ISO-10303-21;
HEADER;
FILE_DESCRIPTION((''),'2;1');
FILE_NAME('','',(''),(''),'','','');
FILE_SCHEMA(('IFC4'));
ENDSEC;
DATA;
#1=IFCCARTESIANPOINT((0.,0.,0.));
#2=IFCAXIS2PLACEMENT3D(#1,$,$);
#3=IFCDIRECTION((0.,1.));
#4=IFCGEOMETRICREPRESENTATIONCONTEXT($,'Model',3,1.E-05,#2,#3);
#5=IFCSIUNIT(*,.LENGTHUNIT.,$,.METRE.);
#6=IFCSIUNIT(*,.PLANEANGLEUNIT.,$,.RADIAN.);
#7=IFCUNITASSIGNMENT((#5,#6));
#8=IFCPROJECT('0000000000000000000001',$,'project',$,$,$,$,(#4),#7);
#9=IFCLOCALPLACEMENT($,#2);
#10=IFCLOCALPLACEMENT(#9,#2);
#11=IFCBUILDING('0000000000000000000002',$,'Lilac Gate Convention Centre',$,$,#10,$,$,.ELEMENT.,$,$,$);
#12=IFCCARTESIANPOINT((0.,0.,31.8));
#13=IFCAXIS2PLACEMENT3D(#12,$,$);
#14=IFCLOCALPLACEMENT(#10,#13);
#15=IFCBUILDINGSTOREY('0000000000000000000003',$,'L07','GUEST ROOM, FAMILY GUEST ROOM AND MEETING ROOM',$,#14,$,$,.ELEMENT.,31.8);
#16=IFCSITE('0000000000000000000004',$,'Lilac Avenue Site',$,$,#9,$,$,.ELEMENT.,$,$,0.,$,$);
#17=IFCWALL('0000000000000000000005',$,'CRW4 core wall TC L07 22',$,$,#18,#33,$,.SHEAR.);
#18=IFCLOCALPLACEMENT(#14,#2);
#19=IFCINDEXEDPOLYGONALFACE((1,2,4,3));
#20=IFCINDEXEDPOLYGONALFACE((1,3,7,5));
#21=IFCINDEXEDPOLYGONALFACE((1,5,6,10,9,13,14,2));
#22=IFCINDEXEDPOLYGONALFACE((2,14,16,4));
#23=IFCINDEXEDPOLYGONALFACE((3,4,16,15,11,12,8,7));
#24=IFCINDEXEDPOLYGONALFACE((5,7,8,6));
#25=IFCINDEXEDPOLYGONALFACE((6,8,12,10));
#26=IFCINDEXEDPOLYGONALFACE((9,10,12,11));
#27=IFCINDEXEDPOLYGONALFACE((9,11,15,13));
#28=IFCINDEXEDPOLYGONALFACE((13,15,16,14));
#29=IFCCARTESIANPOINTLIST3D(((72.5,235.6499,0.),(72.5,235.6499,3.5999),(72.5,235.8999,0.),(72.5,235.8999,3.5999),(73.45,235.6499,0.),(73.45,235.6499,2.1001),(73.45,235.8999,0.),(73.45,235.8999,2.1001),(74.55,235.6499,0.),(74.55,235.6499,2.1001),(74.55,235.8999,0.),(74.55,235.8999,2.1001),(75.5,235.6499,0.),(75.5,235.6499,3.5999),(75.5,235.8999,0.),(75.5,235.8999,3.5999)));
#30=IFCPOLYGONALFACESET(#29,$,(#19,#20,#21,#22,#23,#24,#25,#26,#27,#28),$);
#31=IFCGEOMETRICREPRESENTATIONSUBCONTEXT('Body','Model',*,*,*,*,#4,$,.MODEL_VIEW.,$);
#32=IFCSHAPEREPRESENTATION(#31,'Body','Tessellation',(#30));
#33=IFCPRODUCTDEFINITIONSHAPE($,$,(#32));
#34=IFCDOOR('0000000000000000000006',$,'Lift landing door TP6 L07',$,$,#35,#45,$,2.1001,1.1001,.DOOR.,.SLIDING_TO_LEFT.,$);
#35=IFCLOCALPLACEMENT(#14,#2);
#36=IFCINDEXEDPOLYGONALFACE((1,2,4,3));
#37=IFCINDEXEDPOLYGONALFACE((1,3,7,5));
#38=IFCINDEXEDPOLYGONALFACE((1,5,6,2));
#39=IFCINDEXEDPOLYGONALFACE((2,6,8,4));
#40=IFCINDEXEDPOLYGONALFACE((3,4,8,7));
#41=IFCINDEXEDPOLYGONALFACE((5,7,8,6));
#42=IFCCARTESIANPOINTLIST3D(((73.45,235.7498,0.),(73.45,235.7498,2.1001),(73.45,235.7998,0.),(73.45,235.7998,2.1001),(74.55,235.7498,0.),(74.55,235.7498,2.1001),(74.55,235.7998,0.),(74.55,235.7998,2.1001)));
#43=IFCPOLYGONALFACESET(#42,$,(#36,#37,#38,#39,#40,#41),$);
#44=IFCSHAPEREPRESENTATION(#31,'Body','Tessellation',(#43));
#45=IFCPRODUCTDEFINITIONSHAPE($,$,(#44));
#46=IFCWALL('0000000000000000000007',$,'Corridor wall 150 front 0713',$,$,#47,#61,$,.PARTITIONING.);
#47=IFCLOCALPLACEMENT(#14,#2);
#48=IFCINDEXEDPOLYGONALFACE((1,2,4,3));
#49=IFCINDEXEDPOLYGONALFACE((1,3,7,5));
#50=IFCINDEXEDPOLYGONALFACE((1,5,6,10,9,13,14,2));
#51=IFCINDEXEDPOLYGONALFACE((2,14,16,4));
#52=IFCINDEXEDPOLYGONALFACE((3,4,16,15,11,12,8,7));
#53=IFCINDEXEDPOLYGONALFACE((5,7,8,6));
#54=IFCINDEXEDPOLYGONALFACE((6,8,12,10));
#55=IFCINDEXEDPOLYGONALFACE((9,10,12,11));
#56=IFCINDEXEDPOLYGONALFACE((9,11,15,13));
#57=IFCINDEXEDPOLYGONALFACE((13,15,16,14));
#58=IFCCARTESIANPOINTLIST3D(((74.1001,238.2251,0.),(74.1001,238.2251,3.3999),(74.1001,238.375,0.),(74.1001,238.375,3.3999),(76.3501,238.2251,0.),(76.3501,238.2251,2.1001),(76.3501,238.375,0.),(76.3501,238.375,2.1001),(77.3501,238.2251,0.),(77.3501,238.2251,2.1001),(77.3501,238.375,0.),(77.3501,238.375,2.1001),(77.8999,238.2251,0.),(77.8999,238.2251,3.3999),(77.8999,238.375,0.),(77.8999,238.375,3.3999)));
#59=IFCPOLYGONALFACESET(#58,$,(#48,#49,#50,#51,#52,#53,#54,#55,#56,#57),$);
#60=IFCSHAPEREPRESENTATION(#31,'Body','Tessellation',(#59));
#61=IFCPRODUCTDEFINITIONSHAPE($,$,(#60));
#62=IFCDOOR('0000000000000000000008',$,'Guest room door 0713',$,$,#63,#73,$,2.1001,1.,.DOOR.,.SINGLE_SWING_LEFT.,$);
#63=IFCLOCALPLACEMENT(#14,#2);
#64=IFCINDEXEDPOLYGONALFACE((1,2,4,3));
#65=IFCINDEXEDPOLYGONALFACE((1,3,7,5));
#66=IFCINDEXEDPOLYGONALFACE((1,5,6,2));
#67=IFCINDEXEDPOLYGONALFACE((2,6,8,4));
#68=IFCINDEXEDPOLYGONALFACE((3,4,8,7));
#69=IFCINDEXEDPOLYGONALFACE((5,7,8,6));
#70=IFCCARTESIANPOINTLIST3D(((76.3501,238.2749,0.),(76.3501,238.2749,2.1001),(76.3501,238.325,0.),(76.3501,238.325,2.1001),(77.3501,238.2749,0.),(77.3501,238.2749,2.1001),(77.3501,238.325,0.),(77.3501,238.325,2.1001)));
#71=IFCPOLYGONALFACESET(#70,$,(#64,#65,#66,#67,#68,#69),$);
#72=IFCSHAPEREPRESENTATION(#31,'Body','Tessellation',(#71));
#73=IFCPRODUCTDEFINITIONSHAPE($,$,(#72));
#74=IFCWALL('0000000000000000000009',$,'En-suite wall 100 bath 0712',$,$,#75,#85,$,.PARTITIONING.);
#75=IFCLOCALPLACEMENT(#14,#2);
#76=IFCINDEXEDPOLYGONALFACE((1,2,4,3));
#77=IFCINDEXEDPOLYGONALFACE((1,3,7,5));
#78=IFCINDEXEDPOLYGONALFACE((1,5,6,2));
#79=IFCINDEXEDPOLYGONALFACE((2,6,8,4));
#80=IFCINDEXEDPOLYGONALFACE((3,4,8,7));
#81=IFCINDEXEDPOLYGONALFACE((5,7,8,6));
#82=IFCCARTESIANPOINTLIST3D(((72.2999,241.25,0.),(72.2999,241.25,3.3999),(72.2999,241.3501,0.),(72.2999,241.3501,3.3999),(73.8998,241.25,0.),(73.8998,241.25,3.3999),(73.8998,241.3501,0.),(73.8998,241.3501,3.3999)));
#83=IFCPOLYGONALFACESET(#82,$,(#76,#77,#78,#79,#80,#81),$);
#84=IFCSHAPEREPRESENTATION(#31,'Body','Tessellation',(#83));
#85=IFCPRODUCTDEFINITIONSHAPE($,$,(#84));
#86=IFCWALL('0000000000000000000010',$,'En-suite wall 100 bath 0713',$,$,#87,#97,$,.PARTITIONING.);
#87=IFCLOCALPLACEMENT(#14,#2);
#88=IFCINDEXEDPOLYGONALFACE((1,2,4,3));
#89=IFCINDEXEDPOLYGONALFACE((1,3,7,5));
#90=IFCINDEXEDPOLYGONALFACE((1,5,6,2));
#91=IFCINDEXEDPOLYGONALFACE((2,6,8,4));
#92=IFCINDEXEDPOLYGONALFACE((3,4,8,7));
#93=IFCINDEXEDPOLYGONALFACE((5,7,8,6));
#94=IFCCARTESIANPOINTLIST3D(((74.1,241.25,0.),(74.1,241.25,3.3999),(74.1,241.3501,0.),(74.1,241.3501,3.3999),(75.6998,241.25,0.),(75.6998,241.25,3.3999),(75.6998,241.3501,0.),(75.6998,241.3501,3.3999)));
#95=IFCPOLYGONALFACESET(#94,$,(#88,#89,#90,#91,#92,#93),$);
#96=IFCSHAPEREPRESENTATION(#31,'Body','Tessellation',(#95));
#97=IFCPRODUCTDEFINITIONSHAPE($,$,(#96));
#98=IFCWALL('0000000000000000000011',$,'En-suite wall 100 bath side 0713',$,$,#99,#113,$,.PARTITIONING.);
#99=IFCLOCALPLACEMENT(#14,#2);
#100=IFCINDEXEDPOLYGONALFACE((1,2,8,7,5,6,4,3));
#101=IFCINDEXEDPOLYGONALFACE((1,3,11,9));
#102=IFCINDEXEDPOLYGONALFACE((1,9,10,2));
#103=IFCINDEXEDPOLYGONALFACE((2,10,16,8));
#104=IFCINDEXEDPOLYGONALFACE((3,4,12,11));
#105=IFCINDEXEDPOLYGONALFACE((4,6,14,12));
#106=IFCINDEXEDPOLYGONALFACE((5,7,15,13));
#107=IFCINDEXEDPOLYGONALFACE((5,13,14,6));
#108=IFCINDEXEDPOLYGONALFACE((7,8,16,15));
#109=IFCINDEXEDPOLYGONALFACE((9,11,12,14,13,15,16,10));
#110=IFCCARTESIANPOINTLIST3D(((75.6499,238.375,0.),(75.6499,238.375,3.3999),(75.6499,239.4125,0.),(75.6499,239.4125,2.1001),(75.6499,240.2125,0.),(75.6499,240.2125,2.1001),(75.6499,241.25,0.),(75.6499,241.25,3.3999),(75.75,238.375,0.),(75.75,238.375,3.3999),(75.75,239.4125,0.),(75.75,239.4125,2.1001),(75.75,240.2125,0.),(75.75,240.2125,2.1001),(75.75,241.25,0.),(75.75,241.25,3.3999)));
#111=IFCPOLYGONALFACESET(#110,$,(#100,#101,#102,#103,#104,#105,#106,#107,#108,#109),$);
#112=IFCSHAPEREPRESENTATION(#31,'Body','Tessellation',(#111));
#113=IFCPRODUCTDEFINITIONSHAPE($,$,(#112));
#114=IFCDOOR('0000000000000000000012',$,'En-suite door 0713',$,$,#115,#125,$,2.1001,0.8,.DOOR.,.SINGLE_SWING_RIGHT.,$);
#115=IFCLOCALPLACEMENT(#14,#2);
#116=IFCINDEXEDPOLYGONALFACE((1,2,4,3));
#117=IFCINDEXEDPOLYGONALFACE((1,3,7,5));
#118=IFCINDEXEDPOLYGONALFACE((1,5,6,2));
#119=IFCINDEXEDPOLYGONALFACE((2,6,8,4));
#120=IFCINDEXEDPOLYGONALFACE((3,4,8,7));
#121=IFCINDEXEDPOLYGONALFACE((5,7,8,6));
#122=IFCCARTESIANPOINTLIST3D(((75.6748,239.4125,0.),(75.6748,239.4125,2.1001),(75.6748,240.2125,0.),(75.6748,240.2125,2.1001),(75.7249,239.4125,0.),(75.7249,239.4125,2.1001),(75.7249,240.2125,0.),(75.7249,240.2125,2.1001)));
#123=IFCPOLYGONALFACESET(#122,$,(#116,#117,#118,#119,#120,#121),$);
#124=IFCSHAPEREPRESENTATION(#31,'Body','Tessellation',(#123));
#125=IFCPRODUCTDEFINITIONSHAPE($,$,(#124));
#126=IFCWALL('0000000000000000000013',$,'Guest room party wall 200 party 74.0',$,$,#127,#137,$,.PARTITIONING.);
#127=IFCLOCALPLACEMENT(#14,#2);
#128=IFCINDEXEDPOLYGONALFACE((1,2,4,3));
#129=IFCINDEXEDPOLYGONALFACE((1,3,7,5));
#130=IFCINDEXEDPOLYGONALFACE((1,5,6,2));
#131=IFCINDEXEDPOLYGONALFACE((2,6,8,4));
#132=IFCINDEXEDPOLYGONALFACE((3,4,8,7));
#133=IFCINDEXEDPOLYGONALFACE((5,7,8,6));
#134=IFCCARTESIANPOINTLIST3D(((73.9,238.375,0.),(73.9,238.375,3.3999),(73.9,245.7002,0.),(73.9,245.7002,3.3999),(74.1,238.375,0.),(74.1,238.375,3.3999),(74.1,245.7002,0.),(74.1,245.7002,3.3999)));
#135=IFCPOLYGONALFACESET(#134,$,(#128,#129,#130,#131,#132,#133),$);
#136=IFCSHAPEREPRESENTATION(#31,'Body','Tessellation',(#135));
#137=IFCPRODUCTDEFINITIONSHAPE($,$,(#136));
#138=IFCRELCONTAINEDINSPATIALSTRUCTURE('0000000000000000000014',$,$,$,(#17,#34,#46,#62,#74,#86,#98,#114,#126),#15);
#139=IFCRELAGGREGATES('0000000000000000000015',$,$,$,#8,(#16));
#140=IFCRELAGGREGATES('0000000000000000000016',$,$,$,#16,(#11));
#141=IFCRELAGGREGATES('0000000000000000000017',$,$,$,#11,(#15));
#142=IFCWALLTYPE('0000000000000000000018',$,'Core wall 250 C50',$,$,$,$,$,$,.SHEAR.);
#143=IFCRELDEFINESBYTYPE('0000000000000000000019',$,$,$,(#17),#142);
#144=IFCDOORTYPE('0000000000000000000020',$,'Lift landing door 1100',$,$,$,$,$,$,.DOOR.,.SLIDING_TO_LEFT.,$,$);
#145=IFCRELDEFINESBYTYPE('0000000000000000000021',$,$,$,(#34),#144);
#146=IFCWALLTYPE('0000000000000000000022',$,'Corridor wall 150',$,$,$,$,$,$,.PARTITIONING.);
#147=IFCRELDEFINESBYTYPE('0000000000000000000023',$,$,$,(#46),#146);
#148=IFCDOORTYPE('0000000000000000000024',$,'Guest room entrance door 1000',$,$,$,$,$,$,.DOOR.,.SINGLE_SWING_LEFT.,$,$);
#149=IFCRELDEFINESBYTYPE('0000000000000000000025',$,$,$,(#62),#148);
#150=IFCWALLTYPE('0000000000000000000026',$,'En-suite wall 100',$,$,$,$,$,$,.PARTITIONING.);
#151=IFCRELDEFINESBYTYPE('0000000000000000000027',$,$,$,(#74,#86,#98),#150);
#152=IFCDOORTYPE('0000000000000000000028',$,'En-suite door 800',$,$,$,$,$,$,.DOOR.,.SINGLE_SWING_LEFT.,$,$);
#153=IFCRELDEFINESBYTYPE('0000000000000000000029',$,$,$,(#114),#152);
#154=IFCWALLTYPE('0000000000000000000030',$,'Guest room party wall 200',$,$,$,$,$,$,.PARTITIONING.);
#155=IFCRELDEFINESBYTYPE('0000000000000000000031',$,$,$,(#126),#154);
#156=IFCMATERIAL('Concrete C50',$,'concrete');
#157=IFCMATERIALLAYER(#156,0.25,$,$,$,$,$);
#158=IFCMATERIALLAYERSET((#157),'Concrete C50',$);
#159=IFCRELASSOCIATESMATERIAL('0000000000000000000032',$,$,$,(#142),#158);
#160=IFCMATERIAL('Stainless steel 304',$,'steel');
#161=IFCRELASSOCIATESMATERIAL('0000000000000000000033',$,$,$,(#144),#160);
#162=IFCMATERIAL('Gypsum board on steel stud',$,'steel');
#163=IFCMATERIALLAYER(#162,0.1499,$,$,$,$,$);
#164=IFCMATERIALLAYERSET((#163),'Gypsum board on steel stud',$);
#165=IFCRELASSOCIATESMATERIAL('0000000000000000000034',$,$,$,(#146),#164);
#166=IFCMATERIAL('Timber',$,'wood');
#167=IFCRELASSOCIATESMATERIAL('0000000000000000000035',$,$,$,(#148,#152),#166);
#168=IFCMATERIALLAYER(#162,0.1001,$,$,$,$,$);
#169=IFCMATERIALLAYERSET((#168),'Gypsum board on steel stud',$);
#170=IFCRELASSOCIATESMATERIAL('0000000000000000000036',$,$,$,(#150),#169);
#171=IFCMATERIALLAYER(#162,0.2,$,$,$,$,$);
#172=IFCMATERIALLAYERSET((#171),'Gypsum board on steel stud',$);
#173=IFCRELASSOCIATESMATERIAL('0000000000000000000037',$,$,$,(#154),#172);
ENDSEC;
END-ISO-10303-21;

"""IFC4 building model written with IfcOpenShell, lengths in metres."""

from ifc_helpers import new_model, si_unit, direction, frame, frame_2d, origin, place, context, subcontext, project, spatial, rectangle, extrude, material, layer, layer_set, type_object, element, fill, save


model = new_model("IFC4")

# Units and contexts
model_context = context("Model", 3, precision=1e-05, world=origin(), true_north=direction((0.0, 1.0)))
body_context = subcontext(model_context, "Body", "Model", "MODEL_VIEW")
ifc_project = project(units=[si_unit("LENGTHUNIT", "METRE"), si_unit("PLANEANGLEUNIT", "RADIAN")], contexts=[model_context])

# Site, building, storey
site_placement = place(None, origin())
site = spatial("IfcSite", under=ifc_project, at=site_placement, Name="Lilac Avenue Site", CompositionType="ELEMENT", RefElevation=0.0)
building_placement = place(site_placement, origin())
building = spatial("IfcBuilding", under=site, at=building_placement, Name="Lilac Gate Convention Centre", CompositionType="ELEMENT")
storey_placement = place(building_placement, frame((0.0, 0.0, 31.8)))
storey = spatial("IfcBuildingStorey", under=building, at=storey_placement, Name="L07", Description="GUEST ROOM, FAMILY GUEST ROOM AND MEETING ROOM", CompositionType="ELEMENT", Elevation=31.8)

# Walls, openings, doors
ifc_material_1 = material(Name="Concrete C50", Category="concrete")
ifc_layer_1 = layer(ifc_material_1, 0.25)
ifc_layer_set_1 = layer_set([ifc_layer_1], Name="Concrete C50")
wall_type_1 = type_object("IfcWallType", Name="Core wall 250 C50", PredefinedType="SHEAR", material=ifc_layer_set_1)
wall_1_placement = place(storey_placement, frame((72.5, 235.7749, 0.0), z_axis=(0.0, 0.0, 1.0), x_axis=(1.0, 0.0, 0.0)))
wall_1 = element("IfcWall", 1, at=wall_1_placement, inside=storey, type_object=wall_type_1, Name="CRW4 core wall TC L07 22", PredefinedType="SHEAR", context=body_context, shape_type="SweptSolid", body=[
    extrude(rectangle(XDim=3.0, YDim=0.25, at=frame_2d((1.5, 0.0))), origin(), (0.0, 0.0, 1.0), 3.5999),
])
opening_1_placement = place(wall_1_placement, frame((0.95, 0.0, 0.0)))
opening_1 = element("IfcOpeningElement", 2, at=opening_1_placement, cuts=wall_1, PredefinedType="OPENING", context=body_context, shape_type="SweptSolid", body=[
    extrude(rectangle(XDim=1.1001, YDim=2.1001, at=frame_2d((0.55, 1.05))), frame((0.0, 0.135, 0.0), z_axis=(0.0, -1.0, 0.0), x_axis=(1.0, 0.0, 0.0)), (0.0, 0.0, 1.0), 0.27),
])
ifc_material_2 = material(Name="Stainless steel 304", Category="steel")
door_type_1 = type_object("IfcDoorType", Name="Lift landing door 1100", OperationType="SLIDING_TO_LEFT", PredefinedType="DOOR", material=ifc_material_2)
door_1_placement = place(opening_1_placement, origin())
door_1 = element("IfcDoor", 3, at=door_1_placement, inside=storey, type_object=door_type_1, Name="Lift landing door TP6 L07", OperationType="SLIDING_TO_LEFT", OverallHeight=2.1001, OverallWidth=1.1001, PredefinedType="DOOR", context=body_context, shape_type="SweptSolid", body=[
    extrude(rectangle(XDim=1.1001, YDim=2.1001, at=frame_2d((0.55, 1.05))), frame((0.0, 0.0249, 0.0), z_axis=(0.0, -1.0, 0.0), x_axis=(1.0, 0.0, 0.0)), (0.0, 0.0, 1.0), 0.05),
])
fill(opening_1, door_1)
ifc_material_3 = material(Name="Gypsum board on steel stud", Category="steel")
ifc_layer_2 = layer(ifc_material_3, 0.1499)
ifc_layer_set_2 = layer_set([ifc_layer_2], Name="Gypsum board on steel stud")
wall_type_2 = type_object("IfcWallType", Name="Corridor wall 150", PredefinedType="PARTITIONING", material=ifc_layer_set_2)
wall_2_placement = place(storey_placement, frame((74.1001, 238.3, 0.0), z_axis=(0.0, 0.0, 1.0), x_axis=(1.0, 0.0, 0.0)))
wall_2 = element("IfcWall", 4, at=wall_2_placement, inside=storey, type_object=wall_type_2, Name="Corridor wall 150 front 0713", PredefinedType="PARTITIONING", context=body_context, shape_type="SweptSolid", body=[
    extrude(rectangle(XDim=3.7998, YDim=0.1499, at=frame_2d((1.8999, 0.0))), origin(), (0.0, 0.0, 1.0), 3.3999),
])
opening_2_placement = place(wall_2_placement, frame((2.25, 0.0, 0.0)))
opening_2 = element("IfcOpeningElement", 5, at=opening_2_placement, cuts=wall_2, PredefinedType="OPENING", context=body_context, shape_type="SweptSolid", body=[
    extrude(rectangle(XDim=1.0, YDim=2.1001, at=frame_2d((0.5, 1.05))), frame((0.0, 0.085, 0.0), z_axis=(0.0, -1.0, 0.0), x_axis=(1.0, 0.0, 0.0)), (0.0, 0.0, 1.0), 0.1699),
])
ifc_material_4 = material(Name="Timber", Category="wood")
door_type_2 = type_object("IfcDoorType", Name="Guest room entrance door 1000", OperationType="SINGLE_SWING_LEFT", PredefinedType="DOOR", material=ifc_material_4)
door_2_placement = place(opening_2_placement, origin())
door_2 = element("IfcDoor", 6, at=door_2_placement, inside=storey, type_object=door_type_2, Name="Guest room door 0713", OperationType="SINGLE_SWING_LEFT", OverallHeight=2.1001, OverallWidth=1.0, PredefinedType="DOOR", context=body_context, shape_type="SweptSolid", body=[
    extrude(rectangle(XDim=1.0, YDim=2.1001, at=frame_2d((0.5, 1.05))), frame((0.0, 0.0249, 0.0), z_axis=(0.0, -1.0, 0.0), x_axis=(1.0, 0.0, 0.0)), (0.0, 0.0, 1.0), 0.05),
])
fill(opening_2, door_2)

# Walls
ifc_layer_3 = layer(ifc_material_3, 0.1001)
ifc_layer_set_3 = layer_set([ifc_layer_3], Name="Gypsum board on steel stud")
wall_type_3 = type_object("IfcWallType", Name="En-suite wall 100", PredefinedType="PARTITIONING", material=ifc_layer_set_3)
for number, where, z_axis, x_axis, name in (
    (7, (72.3, 241.3, 0.0), (0.0, 0.0, 1.0), (1.0, 0.0, 0.0), "En-suite wall 100 bath 0712"),
    (8, (74.1001, 241.3, 0.0), (0.0, 0.0, 1.0), (1.0, 0.0, 0.0), "En-suite wall 100 bath 0713"),
):
    element("IfcWall", number, at=place(storey_placement, frame(where, z_axis=z_axis, x_axis=x_axis)), inside=storey, type_object=wall_type_3, Name=name, PredefinedType="PARTITIONING", context=body_context, shape_type="SweptSolid", body=[
        extrude(rectangle(XDim=1.5999, YDim=0.1001, at=frame_2d((0.7998, 0.0))), origin(), (0.0, 0.0, 1.0), 3.3999),
    ])

# Wall, opening, door
wall_3_placement = place(storey_placement, frame((75.7, 241.25, 0.0), z_axis=(0.0, 0.0, 1.0), x_axis=(0.0, -1.0, 0.0)))
wall_3 = element("IfcWall", 9, at=wall_3_placement, inside=storey, type_object=wall_type_3, Name="En-suite wall 100 bath side 0713", PredefinedType="PARTITIONING", context=body_context, shape_type="SweptSolid", body=[
    extrude(rectangle(XDim=2.875, YDim=0.1001, at=frame_2d((1.4375, 0.0))), origin(), (0.0, 0.0, 1.0), 3.3999),
])
opening_3_placement = place(wall_3_placement, frame((1.0376, 0.0, 0.0)))
opening_3 = element("IfcOpeningElement", 10, at=opening_3_placement, cuts=wall_3, PredefinedType="OPENING", context=body_context, shape_type="SweptSolid", body=[
    extrude(rectangle(XDim=0.8, YDim=2.1001, at=frame_2d((0.3999, 1.05))), frame((0.0, 0.0601, 0.0), z_axis=(0.0, -1.0, 0.0), x_axis=(1.0, 0.0, 0.0)), (0.0, 0.0, 1.0), 0.1201),
])
door_type_3 = type_object("IfcDoorType", Name="En-suite door 800", OperationType="SINGLE_SWING_LEFT", PredefinedType="DOOR", material=ifc_material_4)
door_3_placement = place(opening_3_placement, origin())
door_3 = element("IfcDoor", 11, at=door_3_placement, inside=storey, type_object=door_type_3, Name="En-suite door 0713", OperationType="SINGLE_SWING_RIGHT", OverallHeight=2.1001, OverallWidth=0.8, PredefinedType="DOOR", context=body_context, shape_type="SweptSolid", body=[
    extrude(rectangle(XDim=0.8, YDim=2.1001, at=frame_2d((0.3999, 1.05))), frame((0.0, 0.0249, 0.0), z_axis=(0.0, -1.0, 0.0), x_axis=(1.0, 0.0, 0.0)), (0.0, 0.0, 1.0), 0.05),
])
fill(opening_3, door_3)

# Wall
ifc_layer_4 = layer(ifc_material_3, 0.2)
ifc_layer_set_4 = layer_set([ifc_layer_4], Name="Gypsum board on steel stud")
wall_type_4 = type_object("IfcWallType", Name="Guest room party wall 200", PredefinedType="PARTITIONING", material=ifc_layer_set_4)
wall_4_placement = place(storey_placement, frame((74.0, 245.7002, 0.0), z_axis=(0.0, 0.0, 1.0), x_axis=(0.0, -1.0, 0.0)))
element("IfcWall", 12, at=wall_4_placement, inside=storey, type_object=wall_type_4, Name="Guest room party wall 200 party 74.0", PredefinedType="PARTITIONING", context=body_context, shape_type="SweptSolid", body=[
    extrude(rectangle(XDim=7.3252, YDim=0.2, at=frame_2d((3.6626, 0.0))), origin(), (0.0, 0.0, 1.0), 3.3999),
])

save(model, "model.ifc")
